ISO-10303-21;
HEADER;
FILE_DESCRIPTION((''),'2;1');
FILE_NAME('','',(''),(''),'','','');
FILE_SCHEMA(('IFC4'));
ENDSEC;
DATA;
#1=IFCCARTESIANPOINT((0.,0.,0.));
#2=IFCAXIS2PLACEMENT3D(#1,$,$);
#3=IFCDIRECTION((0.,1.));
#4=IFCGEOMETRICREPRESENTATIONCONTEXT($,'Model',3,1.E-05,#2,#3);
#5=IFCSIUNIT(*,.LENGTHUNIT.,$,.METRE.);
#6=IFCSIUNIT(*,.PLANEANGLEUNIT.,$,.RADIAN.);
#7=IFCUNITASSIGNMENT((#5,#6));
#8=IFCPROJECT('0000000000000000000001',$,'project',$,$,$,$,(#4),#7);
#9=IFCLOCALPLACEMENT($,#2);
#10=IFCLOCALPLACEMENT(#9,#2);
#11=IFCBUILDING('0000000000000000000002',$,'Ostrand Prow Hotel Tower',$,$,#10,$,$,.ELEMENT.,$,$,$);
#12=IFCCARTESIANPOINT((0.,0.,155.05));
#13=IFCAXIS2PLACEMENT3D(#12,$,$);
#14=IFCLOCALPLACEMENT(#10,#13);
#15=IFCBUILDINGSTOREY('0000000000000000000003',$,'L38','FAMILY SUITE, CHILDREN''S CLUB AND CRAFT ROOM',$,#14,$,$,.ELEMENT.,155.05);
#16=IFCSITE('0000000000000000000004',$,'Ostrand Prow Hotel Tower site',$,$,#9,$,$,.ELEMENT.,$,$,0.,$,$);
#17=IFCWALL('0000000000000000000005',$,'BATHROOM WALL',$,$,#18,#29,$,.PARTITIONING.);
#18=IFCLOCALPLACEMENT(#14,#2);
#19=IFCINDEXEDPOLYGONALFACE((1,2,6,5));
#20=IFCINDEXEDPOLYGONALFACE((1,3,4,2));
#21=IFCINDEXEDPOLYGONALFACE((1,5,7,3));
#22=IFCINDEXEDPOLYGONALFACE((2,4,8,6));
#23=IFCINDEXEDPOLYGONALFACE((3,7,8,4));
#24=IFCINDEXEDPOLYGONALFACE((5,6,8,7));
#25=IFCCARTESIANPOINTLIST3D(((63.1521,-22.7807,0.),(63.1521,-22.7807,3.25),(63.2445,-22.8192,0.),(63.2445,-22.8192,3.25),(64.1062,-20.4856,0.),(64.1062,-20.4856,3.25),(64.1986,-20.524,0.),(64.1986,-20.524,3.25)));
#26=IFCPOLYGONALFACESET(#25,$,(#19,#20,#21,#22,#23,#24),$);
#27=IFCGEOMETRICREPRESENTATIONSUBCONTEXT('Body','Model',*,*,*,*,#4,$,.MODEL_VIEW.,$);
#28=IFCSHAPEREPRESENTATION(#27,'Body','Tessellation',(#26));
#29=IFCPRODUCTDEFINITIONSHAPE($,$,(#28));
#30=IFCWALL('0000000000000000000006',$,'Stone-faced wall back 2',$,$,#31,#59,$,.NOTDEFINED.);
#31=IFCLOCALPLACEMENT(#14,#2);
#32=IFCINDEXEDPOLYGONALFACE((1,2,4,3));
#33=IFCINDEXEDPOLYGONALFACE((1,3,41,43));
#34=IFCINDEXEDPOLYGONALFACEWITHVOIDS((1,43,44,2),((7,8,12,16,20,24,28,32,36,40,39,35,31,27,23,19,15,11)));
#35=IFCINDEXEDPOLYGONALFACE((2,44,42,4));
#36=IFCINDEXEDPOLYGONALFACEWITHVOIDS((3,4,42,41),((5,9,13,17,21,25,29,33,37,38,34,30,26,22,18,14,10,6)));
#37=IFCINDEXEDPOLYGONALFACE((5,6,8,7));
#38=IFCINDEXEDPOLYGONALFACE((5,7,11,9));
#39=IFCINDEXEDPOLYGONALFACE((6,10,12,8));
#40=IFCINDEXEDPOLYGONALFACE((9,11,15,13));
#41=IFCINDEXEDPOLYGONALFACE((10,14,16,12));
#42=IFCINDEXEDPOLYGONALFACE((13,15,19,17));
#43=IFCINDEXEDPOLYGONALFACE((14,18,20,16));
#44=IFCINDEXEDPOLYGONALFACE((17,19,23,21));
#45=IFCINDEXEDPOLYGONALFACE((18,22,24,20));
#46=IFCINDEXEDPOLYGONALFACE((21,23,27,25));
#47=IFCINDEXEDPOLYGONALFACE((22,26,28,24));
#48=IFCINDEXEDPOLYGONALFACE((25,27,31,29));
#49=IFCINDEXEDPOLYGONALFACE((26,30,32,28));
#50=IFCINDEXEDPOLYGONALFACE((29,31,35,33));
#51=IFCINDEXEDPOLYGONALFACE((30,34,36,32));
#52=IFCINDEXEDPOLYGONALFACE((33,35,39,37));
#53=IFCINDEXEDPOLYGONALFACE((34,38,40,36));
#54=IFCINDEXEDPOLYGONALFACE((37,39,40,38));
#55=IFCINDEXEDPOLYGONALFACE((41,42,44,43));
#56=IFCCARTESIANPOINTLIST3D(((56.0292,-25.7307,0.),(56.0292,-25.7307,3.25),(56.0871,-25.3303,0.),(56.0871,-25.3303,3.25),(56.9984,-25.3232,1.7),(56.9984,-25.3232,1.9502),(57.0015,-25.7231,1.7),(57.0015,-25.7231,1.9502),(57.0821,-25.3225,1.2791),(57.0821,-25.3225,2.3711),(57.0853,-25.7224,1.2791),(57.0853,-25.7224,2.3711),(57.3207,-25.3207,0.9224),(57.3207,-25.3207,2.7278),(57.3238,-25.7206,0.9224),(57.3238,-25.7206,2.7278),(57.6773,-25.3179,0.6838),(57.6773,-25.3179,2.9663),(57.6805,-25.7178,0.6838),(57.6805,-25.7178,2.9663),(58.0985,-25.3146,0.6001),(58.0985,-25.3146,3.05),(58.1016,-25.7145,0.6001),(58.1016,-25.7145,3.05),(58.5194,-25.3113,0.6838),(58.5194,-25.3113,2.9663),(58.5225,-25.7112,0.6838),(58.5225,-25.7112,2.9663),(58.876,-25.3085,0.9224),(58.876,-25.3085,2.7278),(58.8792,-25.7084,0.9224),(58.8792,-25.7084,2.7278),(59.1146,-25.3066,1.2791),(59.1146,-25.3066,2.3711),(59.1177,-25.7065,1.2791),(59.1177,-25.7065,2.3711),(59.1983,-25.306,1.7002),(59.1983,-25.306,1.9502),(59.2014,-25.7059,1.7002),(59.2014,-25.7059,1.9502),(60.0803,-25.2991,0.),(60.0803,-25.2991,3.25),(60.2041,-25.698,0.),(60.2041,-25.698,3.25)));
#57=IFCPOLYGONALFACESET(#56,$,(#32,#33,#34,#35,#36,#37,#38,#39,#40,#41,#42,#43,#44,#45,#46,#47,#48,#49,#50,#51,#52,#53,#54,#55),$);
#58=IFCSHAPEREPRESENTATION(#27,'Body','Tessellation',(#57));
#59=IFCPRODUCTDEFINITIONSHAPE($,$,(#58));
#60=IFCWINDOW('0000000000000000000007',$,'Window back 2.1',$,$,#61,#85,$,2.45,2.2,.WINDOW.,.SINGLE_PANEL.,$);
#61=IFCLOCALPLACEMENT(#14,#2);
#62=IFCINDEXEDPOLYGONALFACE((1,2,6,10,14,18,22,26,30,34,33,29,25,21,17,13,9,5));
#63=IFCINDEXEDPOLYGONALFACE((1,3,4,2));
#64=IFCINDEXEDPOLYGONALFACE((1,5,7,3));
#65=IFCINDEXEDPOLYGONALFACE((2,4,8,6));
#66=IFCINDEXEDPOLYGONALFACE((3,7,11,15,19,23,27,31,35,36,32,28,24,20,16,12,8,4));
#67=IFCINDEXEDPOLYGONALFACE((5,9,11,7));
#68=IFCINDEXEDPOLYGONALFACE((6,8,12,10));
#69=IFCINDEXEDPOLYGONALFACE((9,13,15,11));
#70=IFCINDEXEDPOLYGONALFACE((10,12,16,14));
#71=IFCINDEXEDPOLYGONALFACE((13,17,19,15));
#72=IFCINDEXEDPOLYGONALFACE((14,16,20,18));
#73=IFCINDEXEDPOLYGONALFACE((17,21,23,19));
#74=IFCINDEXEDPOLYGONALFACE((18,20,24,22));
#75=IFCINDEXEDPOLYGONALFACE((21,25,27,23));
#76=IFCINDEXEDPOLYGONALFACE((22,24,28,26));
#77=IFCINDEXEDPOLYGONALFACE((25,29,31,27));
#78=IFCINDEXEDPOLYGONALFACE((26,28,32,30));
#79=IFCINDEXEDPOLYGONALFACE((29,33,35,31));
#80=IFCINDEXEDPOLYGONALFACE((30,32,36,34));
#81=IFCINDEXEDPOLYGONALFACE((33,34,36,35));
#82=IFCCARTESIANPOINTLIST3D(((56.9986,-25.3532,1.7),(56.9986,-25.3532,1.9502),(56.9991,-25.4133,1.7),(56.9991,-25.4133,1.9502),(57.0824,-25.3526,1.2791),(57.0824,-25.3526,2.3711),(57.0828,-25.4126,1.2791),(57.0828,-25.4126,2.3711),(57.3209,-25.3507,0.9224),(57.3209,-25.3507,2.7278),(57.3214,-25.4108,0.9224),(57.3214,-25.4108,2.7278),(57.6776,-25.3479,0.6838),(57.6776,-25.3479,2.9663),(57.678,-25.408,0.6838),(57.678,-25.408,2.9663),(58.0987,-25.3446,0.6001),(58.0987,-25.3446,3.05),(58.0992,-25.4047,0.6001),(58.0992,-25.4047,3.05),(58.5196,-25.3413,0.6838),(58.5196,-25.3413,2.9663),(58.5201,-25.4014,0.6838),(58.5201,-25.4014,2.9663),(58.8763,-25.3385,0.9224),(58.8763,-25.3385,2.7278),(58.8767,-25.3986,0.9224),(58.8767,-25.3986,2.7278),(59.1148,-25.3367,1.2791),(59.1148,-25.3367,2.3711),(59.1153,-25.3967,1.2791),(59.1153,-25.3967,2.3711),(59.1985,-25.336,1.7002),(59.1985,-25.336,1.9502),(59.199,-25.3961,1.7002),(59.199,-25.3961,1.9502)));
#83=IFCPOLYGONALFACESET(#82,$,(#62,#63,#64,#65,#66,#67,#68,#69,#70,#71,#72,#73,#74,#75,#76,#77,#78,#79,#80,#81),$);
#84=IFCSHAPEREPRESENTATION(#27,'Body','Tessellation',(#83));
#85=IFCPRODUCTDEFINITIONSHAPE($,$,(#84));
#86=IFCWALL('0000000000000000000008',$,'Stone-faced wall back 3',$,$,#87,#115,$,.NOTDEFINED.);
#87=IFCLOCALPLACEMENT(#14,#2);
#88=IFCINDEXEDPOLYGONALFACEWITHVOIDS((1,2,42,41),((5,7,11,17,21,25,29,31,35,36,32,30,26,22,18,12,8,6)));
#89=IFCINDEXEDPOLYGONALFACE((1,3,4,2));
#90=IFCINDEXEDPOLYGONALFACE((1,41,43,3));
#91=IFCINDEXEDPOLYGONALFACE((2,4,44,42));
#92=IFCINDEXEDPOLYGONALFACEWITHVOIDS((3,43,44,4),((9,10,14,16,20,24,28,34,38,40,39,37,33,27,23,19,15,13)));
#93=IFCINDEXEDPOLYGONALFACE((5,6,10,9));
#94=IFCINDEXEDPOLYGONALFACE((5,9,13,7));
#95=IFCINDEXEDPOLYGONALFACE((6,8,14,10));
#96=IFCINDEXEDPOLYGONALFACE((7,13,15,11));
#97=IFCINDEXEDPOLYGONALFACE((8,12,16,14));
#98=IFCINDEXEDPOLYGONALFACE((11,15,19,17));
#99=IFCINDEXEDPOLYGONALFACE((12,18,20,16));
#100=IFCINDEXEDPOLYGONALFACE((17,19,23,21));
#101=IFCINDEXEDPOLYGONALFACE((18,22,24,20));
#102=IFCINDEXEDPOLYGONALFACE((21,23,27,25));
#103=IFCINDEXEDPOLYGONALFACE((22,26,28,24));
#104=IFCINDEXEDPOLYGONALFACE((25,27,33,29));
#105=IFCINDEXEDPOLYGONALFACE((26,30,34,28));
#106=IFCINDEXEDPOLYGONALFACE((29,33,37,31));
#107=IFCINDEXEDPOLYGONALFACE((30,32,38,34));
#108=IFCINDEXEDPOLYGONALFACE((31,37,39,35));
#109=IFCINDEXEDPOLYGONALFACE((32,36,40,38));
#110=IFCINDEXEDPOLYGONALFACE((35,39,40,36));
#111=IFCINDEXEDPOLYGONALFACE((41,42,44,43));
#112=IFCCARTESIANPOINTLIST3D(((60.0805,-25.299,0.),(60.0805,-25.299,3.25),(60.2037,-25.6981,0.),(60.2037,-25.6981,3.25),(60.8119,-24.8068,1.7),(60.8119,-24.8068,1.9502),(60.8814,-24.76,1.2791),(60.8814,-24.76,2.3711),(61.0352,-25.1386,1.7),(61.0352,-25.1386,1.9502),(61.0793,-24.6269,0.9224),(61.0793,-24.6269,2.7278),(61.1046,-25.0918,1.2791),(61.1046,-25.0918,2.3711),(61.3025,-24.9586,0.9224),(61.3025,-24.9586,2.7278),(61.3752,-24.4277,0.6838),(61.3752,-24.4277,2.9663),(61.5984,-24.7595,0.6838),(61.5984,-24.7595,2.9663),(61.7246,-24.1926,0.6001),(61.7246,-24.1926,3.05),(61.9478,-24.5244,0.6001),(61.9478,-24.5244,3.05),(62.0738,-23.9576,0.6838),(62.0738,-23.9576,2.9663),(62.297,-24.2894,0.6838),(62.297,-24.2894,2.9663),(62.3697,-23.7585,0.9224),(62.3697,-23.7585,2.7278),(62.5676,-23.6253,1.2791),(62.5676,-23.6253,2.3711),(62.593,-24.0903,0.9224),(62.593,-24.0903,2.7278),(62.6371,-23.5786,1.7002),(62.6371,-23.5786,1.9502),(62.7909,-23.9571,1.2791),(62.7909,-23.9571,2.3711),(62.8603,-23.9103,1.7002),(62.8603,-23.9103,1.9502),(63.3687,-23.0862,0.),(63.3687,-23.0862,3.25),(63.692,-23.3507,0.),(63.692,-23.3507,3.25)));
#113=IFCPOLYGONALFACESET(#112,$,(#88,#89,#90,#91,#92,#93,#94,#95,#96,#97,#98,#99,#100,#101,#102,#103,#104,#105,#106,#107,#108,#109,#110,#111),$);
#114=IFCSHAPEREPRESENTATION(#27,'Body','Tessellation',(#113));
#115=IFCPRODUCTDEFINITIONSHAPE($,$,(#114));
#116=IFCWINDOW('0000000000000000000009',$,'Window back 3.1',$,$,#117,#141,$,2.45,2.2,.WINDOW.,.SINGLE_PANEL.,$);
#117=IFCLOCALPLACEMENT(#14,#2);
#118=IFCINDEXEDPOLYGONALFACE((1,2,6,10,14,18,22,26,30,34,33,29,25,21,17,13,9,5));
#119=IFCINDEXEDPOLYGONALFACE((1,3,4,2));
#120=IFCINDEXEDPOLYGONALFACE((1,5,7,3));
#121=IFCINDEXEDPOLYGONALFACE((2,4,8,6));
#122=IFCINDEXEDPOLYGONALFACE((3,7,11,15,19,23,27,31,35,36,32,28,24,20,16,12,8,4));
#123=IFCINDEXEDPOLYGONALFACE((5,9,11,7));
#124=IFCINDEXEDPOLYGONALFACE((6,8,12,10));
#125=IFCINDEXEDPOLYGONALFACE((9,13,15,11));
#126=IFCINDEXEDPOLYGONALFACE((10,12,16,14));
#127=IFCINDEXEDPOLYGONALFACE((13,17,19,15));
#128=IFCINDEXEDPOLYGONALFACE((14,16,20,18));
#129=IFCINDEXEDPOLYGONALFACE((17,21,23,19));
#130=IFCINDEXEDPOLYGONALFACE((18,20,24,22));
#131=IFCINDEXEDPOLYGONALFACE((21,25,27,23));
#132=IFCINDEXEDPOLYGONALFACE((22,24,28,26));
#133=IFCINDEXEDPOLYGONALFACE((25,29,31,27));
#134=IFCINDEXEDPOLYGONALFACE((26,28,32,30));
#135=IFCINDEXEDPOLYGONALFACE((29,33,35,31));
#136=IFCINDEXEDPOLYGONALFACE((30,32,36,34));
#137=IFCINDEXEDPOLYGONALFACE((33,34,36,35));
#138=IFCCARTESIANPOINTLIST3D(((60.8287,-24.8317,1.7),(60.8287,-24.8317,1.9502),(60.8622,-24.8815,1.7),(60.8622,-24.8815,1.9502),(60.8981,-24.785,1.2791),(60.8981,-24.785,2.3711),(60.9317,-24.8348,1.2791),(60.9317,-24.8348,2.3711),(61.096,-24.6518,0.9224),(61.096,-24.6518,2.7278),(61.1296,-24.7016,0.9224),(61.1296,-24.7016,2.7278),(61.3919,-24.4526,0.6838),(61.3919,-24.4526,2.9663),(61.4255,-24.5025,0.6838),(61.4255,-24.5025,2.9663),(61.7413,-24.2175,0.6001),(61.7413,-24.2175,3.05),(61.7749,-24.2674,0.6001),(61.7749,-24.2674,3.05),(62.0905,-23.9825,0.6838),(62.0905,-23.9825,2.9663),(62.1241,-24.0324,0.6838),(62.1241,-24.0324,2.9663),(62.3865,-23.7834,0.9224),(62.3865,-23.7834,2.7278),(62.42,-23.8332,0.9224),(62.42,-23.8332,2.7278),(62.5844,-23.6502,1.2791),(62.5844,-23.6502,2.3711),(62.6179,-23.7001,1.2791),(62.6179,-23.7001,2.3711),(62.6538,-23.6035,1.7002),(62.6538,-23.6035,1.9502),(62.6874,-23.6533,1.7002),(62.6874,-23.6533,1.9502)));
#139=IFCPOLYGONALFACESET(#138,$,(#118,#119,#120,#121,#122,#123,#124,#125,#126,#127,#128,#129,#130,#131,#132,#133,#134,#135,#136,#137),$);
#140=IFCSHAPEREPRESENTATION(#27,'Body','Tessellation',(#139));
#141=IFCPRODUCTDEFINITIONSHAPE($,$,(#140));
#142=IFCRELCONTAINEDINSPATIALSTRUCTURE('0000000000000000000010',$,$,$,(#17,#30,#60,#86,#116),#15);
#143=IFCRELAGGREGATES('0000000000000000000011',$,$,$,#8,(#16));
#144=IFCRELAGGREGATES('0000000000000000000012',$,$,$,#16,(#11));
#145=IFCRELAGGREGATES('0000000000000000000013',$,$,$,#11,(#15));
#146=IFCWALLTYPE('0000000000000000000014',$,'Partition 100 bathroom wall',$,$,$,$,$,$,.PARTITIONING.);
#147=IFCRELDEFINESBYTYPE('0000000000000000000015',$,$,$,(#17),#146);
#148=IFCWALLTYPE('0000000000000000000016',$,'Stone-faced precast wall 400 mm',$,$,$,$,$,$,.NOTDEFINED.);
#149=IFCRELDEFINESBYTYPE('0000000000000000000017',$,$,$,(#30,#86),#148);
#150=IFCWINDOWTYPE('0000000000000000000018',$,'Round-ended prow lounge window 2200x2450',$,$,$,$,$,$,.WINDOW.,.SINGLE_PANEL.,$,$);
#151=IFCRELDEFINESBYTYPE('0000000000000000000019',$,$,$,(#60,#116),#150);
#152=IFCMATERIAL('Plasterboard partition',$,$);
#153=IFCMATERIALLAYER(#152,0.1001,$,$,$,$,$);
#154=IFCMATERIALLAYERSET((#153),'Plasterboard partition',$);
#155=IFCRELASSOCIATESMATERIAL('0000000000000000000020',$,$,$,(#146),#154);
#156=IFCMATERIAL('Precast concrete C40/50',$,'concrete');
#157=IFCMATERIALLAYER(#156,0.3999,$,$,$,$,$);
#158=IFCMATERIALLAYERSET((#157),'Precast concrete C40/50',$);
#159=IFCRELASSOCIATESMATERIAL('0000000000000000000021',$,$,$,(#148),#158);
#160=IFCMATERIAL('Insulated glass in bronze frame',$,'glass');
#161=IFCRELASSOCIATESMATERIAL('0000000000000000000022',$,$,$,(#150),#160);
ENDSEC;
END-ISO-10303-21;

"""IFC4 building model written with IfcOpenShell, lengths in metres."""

from ifc_helpers import new_model, si_unit, direction, frame, frame_2d, origin, place, context, subcontext, project, spatial, polyline, rectangle, outline, extrude, material, layer, layer_set, type_object, element, fill, save


model = new_model("IFC4")

# Units and contexts
model_context = context("Model", 3, precision=1e-05, world=origin(), true_north=direction((0.0, 1.0)))
body_context = subcontext(model_context, "Body", "Model", "MODEL_VIEW")
ifc_project = project(units=[si_unit("LENGTHUNIT", "METRE"), si_unit("PLANEANGLEUNIT", "RADIAN")], contexts=[model_context])

# Site, building, storey
site_placement = place(None, origin())
site = spatial("IfcSite", under=ifc_project, at=site_placement, Name="Ostrand Prow Hotel Tower site", CompositionType="ELEMENT", RefElevation=0.0)
building_placement = place(site_placement, origin())
building = spatial("IfcBuilding", under=site, at=building_placement, Name="Ostrand Prow Hotel Tower", CompositionType="ELEMENT")
storey_placement = place(building_placement, frame((0.0, 0.0, 155.05)))
storey = spatial("IfcBuildingStorey", under=building, at=storey_placement, Name="L38", Description="FAMILY SUITE, CHILDREN'S CLUB AND CRAFT ROOM", CompositionType="ELEMENT", Elevation=155.05)

# Shared definitions
ifc_material_1 = material(Name="Plasterboard partition")
ifc_layer_1 = layer(ifc_material_1, 0.1001)
ifc_layer_set_1 = layer_set([ifc_layer_1], Name="Plasterboard partition")
wall_type_1 = type_object("IfcWallType", Name="Partition 100 bathroom wall", PredefinedType="PARTITIONING", material=ifc_layer_set_1)

# Wall
wall_1_placement = place(storey_placement, frame((64.1523, -20.5049, 0.0), z_axis=(0.0, 0.0, 1.0), x_axis=(-0.383855, -0.923393, 0.0)))
element("IfcWall", 1, at=wall_1_placement, inside=storey, type_object=wall_type_1, Name="BATHROOM WALL", PredefinedType="PARTITIONING", context=body_context, shape_type="SweptSolid", body=[
    extrude(rectangle(XDim=2.4856, YDim=0.1001, at=frame_2d((1.2427, 0.0))), origin(), (0.0, 0.0, 1.0), 3.25),
])

# Walls, openings, windows
ifc_material_2 = material(Name="Precast concrete C40/50", Category="concrete")
ifc_layer_2 = layer(ifc_material_2, 0.3999)
ifc_layer_set_2 = layer_set([ifc_layer_2], Name="Precast concrete C40/50")
wall_type_2 = type_object("IfcWallType", Name="Stone-faced precast wall 400 mm", PredefinedType="NOTDEFINED", material=ifc_layer_set_2)
wall_2_placement = place(storey_placement, frame((56.0581, -25.5305, 0.0), z_axis=(0.0, 0.0, 1.0), x_axis=(0.999969, 0.007831, 0.0)))
wall_2 = element("IfcWall", 2, at=wall_2_placement, inside=storey, type_object=wall_type_2, Name="Stone-faced wall back 2", PredefinedType="NOTDEFINED", context=body_context, shape_type="SweptSolid", body=[
    extrude(outline(polyline([(-0.0305, -0.2), (4.1445, -0.2), (4.0239, 0.2), (0.0305, 0.2), (-0.0305, -0.2)])), origin(), (0.0, 0.0, 1.0), 3.25),
])
opening_1_placement = place(wall_2_placement, frame((0.9419, 0.0, 0.6001)))
opening_1 = element("IfcOpeningElement", 3, at=opening_1_placement, cuts=wall_2, PredefinedType="OPENING", context=body_context, shape_type="SweptSolid", body=[
    extrude(outline(polyline([(0.0, 1.3501), (0.0837, 1.771), (0.3223, 2.1277), (0.679, 2.3662), (1.1001, 2.45), (1.521, 2.3662), (1.8777, 2.1277), (2.1162, 1.771), (2.2, 1.3501), (2.2, 1.1001), (2.1162, 0.679), (1.8777, 0.3223), (1.521, 0.0837), (1.1001, 0.0), (0.679, 0.0837), (0.3223, 0.3223), (0.0837, 0.679), (0.0, 1.0999), (0.0, 1.3501)])), frame((0.0, 0.21, 0.0), z_axis=(0.0, -1.0, 0.0), x_axis=(1.0, 0.0, 0.0)), (0.0, 0.0, 1.0), 0.4199),
])
ifc_material_3 = material(Name="Insulated glass in bronze frame", Category="glass")
window_type_1 = type_object("IfcWindowType", Name="Round-ended prow lounge window 2200x2450", PartitioningType="SINGLE_PANEL", PredefinedType="WINDOW", material=ifc_material_3)
window_1_placement = place(opening_1_placement, origin())
window_1 = element("IfcWindow", 4, at=window_1_placement, inside=storey, type_object=window_type_1, Name="Window back 2.1", OverallHeight=2.45, OverallWidth=2.2, PartitioningType="SINGLE_PANEL", PredefinedType="WINDOW", context=body_context, shape_type="SweptSolid", body=[
    extrude(outline(polyline([(0.0, 1.3501), (0.0837, 1.771), (0.3223, 2.1277), (0.679, 2.3662), (1.1001, 2.45), (1.521, 2.3662), (1.8777, 2.1277), (2.1162, 1.771), (2.2, 1.3501), (2.2, 1.1001), (2.1162, 0.679), (1.8777, 0.3223), (1.521, 0.0837), (1.1001, 0.0), (0.679, 0.0837), (0.3223, 0.3223), (0.0837, 0.679), (0.0, 1.0999), (0.0, 1.3501)])), frame((0.0, 0.1699, 0.0), z_axis=(0.0, -1.0, 0.0), x_axis=(1.0, 0.0, 0.0)), (0.0, 0.0, 1.0), 0.0601),
])
fill(opening_1, window_1)
wall_3_placement = place(storey_placement, frame((60.1421, -25.4985, 0.0), z_axis=(0.0, 0.0, 1.0), x_axis=(0.829642, 0.558296, 0.0)))
wall_3 = element("IfcWall", 5, at=wall_3_placement, inside=storey, type_object=wall_type_2, Name="Stone-faced wall back 3", PredefinedType="NOTDEFINED", context=body_context, shape_type="SweptSolid", body=[
    extrude(outline(polyline([(-0.0603, -0.2), (4.1443, -0.2), (4.0237, 0.2), (0.0603, 0.2), (-0.0603, -0.2)])), origin(), (0.0, 0.0, 1.0), 3.25),
])
opening_2_placement = place(wall_3_placement, frame((0.9419, 0.0, 0.6001)))
opening_2 = element("IfcOpeningElement", 6, at=opening_2_placement, cuts=wall_3, PredefinedType="OPENING", context=body_context, shape_type="SweptSolid", body=[
    extrude(outline(polyline([(0.0, 1.3501), (0.0837, 1.771), (0.3223, 2.1277), (0.679, 2.3662), (1.1001, 2.45), (1.521, 2.3662), (1.8777, 2.1277), (2.1162, 1.771), (2.2, 1.3501), (2.2, 1.1001), (2.1162, 0.679), (1.8777, 0.3223), (1.521, 0.0837), (1.1001, 0.0), (0.679, 0.0837), (0.3223, 0.3223), (0.0837, 0.679), (0.0, 1.0999), (0.0, 1.3501)])), frame((0.0, 0.21, 0.0), z_axis=(0.0, -1.0, 0.0), x_axis=(1.0, 0.0, 0.0)), (0.0, 0.0, 1.0), 0.4199),
])
window_2_placement = place(opening_2_placement, origin())
window_2 = element("IfcWindow", 7, at=window_2_placement, inside=storey, type_object=window_type_1, Name="Window back 3.1", OverallHeight=2.45, OverallWidth=2.2, PartitioningType="SINGLE_PANEL", PredefinedType="WINDOW", context=body_context, shape_type="SweptSolid", body=[
    extrude(outline(polyline([(0.0, 1.3501), (0.0837, 1.771), (0.3223, 2.1277), (0.679, 2.3662), (1.1001, 2.45), (1.521, 2.3662), (1.8777, 2.1277), (2.1162, 1.771), (2.2, 1.3501), (2.2, 1.1001), (2.1162, 0.679), (1.8777, 0.3223), (1.521, 0.0837), (1.1001, 0.0), (0.679, 0.0837), (0.3223, 0.3223), (0.0837, 0.679), (0.0, 1.0999), (0.0, 1.3501)])), frame((0.0, 0.1699, 0.0), z_axis=(0.0, -1.0, 0.0), x_axis=(1.0, 0.0, 0.0)), (0.0, 0.0, 1.0), 0.0601),
])
fill(opening_2, window_2)

save(model, "model.ifc")
